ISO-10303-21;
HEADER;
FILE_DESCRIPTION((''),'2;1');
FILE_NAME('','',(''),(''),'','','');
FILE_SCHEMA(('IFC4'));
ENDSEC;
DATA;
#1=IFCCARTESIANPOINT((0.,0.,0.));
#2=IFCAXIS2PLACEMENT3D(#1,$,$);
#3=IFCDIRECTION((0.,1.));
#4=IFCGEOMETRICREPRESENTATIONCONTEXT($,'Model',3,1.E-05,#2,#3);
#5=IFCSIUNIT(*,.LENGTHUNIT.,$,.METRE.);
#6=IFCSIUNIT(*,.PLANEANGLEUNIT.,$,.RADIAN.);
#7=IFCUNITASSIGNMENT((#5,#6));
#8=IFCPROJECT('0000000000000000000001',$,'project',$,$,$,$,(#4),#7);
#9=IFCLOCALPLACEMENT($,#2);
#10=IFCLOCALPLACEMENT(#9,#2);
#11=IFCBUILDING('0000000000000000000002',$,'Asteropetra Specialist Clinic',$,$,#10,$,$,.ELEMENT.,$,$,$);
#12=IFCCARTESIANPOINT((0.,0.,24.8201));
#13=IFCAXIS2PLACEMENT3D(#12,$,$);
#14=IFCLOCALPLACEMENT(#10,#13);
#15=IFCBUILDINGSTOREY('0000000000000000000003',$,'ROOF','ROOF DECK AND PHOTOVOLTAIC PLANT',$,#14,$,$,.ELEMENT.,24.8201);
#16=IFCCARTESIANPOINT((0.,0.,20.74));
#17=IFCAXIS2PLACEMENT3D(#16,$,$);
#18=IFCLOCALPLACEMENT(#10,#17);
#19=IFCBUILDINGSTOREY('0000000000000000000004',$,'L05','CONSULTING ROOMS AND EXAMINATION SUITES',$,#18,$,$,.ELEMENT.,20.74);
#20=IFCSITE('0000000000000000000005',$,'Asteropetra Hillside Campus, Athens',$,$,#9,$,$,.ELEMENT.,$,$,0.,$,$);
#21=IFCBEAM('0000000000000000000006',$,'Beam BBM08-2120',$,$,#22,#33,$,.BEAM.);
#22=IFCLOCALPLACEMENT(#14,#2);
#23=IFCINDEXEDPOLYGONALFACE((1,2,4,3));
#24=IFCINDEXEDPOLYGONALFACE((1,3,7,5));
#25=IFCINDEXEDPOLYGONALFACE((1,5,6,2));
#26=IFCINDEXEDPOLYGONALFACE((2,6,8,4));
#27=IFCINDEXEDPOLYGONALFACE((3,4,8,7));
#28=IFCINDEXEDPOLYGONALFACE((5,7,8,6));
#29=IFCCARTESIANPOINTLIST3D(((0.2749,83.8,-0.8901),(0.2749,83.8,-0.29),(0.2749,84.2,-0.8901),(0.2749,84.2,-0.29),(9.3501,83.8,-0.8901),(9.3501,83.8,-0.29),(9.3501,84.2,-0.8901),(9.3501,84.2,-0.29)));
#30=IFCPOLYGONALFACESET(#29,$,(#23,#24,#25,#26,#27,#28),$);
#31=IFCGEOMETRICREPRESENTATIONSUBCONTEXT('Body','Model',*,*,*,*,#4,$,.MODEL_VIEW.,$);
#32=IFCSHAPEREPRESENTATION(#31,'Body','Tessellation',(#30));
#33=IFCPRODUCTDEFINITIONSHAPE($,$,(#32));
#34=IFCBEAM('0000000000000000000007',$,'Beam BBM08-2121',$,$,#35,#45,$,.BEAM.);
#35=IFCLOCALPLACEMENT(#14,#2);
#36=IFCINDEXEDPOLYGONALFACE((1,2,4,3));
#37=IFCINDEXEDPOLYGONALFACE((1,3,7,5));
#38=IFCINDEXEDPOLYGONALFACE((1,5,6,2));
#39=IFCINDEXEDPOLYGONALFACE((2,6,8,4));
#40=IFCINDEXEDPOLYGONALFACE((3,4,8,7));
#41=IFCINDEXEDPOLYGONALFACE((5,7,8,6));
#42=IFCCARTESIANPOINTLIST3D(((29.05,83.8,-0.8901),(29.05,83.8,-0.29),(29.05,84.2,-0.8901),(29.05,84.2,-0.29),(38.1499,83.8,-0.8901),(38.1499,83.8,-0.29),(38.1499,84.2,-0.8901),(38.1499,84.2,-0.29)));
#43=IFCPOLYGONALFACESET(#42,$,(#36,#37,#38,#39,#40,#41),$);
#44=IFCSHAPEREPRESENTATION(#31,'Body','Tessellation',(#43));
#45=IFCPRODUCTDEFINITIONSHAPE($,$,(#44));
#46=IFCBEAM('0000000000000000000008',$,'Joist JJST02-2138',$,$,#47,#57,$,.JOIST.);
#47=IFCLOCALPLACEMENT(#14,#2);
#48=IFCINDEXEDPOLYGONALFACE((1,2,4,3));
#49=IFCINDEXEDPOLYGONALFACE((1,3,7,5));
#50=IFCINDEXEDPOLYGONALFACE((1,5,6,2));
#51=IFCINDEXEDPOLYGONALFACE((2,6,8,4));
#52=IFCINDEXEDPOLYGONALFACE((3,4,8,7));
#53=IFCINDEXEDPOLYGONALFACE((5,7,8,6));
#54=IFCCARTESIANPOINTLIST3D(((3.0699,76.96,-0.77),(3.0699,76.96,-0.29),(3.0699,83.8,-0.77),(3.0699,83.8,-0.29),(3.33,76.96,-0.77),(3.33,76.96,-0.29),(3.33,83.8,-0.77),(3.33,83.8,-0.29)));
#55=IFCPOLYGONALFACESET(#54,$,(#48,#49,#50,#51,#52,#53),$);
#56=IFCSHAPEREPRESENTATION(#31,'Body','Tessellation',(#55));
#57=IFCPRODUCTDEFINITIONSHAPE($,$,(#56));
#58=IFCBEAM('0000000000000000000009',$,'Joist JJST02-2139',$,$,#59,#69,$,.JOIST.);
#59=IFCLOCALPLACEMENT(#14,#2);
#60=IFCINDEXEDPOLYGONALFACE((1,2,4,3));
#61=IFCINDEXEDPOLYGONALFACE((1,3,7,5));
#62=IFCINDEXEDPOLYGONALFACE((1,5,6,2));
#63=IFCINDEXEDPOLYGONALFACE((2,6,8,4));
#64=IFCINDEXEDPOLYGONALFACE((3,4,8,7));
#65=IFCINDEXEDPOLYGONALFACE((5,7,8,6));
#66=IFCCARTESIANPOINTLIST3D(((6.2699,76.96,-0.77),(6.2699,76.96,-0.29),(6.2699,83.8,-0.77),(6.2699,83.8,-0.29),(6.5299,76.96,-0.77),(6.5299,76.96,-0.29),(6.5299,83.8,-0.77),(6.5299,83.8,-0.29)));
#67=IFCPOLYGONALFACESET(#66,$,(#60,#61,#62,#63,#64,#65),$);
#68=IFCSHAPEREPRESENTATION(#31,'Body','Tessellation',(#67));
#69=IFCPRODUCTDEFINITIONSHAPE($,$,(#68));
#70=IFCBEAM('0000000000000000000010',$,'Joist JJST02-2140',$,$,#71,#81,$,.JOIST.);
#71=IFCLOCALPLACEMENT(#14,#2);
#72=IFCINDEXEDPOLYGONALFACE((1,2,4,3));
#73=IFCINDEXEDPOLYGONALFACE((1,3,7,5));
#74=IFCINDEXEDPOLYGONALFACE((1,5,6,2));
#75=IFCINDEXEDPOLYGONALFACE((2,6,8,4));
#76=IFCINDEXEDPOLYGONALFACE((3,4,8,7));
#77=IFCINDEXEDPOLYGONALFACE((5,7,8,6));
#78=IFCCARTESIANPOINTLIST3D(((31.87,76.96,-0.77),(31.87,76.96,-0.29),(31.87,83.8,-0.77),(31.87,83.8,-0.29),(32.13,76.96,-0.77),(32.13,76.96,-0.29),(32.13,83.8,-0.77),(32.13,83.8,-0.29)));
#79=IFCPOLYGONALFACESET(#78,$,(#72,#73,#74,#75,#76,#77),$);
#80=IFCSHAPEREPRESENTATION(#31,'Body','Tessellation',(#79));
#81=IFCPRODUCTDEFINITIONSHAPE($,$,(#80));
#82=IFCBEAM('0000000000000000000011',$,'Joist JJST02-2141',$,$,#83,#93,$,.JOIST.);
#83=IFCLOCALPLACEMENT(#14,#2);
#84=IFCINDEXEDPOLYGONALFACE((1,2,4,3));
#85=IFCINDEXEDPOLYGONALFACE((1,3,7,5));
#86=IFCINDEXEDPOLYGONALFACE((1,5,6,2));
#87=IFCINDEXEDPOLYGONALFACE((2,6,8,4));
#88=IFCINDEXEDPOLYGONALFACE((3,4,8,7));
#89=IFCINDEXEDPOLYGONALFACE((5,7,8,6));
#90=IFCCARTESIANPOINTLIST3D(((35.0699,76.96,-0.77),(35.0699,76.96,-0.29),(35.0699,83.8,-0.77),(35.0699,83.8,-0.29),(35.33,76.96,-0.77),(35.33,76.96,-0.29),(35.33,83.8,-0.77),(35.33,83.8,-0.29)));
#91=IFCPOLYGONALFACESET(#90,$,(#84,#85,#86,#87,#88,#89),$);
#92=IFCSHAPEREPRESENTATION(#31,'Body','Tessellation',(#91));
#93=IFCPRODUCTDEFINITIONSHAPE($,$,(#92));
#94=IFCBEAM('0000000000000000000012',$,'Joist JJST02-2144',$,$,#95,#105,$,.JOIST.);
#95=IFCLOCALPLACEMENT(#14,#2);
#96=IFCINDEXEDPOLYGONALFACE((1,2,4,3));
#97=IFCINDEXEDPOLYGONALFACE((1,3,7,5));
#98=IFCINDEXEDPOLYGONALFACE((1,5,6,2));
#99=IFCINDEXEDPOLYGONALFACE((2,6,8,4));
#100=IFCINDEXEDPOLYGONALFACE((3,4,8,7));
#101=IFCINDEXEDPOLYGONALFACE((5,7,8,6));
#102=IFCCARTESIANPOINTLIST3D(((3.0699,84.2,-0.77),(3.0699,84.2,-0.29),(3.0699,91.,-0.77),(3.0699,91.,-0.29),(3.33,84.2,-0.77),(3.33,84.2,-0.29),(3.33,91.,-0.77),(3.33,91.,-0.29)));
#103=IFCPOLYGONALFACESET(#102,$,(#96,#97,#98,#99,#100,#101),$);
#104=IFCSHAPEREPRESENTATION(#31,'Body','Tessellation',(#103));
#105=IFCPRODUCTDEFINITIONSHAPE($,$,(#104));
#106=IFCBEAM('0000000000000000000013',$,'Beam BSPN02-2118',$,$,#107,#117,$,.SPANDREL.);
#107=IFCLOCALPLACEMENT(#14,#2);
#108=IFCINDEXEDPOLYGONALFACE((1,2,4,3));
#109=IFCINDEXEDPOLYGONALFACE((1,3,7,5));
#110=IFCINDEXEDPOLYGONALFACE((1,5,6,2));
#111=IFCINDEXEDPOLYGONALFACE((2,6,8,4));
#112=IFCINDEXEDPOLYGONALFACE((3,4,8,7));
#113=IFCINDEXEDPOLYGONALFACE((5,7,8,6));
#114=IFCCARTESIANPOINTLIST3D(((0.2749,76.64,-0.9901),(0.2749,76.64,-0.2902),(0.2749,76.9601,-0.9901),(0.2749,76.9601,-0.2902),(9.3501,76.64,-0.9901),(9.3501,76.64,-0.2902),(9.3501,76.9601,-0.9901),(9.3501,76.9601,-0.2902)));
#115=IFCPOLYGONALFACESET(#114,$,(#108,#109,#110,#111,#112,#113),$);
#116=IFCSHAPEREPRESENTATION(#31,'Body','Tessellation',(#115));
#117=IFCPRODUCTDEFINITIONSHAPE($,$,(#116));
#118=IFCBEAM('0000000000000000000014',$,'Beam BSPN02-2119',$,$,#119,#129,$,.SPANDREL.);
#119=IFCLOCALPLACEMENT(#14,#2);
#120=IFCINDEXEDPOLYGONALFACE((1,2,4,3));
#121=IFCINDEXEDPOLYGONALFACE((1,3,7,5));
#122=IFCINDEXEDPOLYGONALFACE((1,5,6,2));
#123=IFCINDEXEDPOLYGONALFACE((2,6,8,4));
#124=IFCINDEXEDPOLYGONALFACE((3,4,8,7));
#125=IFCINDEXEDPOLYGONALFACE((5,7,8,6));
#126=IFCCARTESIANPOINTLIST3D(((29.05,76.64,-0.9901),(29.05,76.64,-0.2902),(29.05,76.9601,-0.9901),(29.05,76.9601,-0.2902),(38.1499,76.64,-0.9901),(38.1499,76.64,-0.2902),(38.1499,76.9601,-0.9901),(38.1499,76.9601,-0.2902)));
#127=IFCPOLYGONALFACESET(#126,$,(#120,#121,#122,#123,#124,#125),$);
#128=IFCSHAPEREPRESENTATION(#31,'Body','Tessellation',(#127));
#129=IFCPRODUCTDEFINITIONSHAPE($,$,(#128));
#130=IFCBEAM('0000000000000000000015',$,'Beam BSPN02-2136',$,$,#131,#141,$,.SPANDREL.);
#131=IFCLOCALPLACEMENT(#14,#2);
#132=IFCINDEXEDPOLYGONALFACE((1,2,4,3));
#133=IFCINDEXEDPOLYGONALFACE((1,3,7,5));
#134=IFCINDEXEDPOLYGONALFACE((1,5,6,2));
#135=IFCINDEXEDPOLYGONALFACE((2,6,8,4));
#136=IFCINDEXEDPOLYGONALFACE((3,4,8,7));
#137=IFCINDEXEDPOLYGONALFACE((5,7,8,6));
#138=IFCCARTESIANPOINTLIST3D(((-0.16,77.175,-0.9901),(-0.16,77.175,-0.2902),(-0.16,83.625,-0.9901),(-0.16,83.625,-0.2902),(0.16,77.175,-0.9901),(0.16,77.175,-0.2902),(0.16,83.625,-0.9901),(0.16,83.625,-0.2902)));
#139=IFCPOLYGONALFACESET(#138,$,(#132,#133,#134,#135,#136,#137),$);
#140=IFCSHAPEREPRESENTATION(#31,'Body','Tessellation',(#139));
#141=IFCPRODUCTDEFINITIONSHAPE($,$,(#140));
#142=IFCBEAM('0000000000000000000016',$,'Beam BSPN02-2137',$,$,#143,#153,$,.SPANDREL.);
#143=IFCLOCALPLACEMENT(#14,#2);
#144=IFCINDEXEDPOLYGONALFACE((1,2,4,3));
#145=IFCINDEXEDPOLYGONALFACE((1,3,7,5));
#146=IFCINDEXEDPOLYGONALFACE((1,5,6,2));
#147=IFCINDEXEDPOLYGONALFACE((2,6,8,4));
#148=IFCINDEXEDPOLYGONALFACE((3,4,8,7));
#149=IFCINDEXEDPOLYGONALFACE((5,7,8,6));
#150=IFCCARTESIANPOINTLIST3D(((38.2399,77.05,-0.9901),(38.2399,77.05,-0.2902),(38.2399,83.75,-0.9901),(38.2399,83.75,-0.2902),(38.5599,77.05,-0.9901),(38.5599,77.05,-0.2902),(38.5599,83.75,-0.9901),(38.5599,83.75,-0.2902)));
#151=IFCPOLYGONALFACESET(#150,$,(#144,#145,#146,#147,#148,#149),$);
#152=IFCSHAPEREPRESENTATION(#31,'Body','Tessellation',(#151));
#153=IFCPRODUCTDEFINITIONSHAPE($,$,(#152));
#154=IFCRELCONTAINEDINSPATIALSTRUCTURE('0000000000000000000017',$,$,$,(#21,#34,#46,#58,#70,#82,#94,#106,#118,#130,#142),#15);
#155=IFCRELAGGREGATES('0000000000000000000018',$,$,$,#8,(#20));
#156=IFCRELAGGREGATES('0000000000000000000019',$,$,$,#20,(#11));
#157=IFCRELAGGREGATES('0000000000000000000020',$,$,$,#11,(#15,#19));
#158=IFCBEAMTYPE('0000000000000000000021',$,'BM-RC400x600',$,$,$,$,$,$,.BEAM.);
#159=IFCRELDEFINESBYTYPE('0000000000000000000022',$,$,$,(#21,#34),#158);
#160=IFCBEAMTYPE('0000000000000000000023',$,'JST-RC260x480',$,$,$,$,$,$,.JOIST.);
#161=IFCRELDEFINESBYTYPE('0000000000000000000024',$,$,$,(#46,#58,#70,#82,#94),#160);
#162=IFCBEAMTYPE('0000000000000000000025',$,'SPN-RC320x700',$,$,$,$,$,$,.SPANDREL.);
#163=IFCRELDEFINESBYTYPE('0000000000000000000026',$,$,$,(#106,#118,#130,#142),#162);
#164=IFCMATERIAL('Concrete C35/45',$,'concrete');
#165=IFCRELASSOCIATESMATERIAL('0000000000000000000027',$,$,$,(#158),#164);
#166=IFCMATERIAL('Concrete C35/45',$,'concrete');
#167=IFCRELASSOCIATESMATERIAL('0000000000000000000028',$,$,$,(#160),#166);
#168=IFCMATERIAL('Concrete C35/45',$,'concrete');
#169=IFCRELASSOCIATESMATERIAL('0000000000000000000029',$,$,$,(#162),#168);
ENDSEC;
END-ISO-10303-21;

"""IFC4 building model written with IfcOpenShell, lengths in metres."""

from ifc_helpers import new_model, si_unit, direction, frame, origin, origin_2d, place, context, subcontext, project, spatial, rectangle, extrude, material, material_profile, profile_set, type_object, element, save


model = new_model("IFC4")

# Units and contexts
model_context = context("Model", 3, precision=1e-05, world=origin(), true_north=direction((0.0, 1.0)))
body_context = subcontext(model_context, "Body", "Model", "MODEL_VIEW")
ifc_project = project(units=[si_unit("LENGTHUNIT", "METRE"), si_unit("PLANEANGLEUNIT", "RADIAN")], contexts=[model_context])

# Site, building, storey
site_placement = place(None, origin())
site = spatial("IfcSite", under=ifc_project, at=site_placement, Name="Asteropetra Hillside Campus, Athens", CompositionType="ELEMENT", RefElevation=0.0)
building_placement = place(site_placement, origin())
building = spatial("IfcBuilding", under=site, at=building_placement, Name="Asteropetra Specialist Clinic", CompositionType="ELEMENT")
storey_1_placement = place(building_placement, frame((0.0, 0.0, 24.8201)))
storey_1 = spatial("IfcBuildingStorey", under=building, at=storey_1_placement, Name="ROOF", Description="ROOF DECK AND PHOTOVOLTAIC PLANT", CompositionType="ELEMENT", Elevation=24.8201)

# Beams
ifc_material_1 = material(Name="Concrete C35/45", Category="concrete")
ifc_material_profile_1 = material_profile(ifc_material_1, rectangle(XDim=0.3999, YDim=0.6001, at=origin_2d()), Name="RCB 400x600")
ifc_profile_set_1 = profile_set([ifc_material_profile_1], Name="Concrete C35/45")
beam_type_1 = type_object("IfcBeamType", Name="BM-RC400x600", PredefinedType="BEAM", material=ifc_profile_set_1)
beam_1_placement = place(storey_1_placement, frame((0.2749, 84.0, -0.5901), z_axis=(1.0, 0.0, 0.0), x_axis=(0.0, 1.0, 0.0)))
element("IfcBeam", 1, at=beam_1_placement, inside=storey_1, type_object=beam_type_1, Name="Beam BBM08-2120", PredefinedType="BEAM", context=body_context, shape_type="SweptSolid", body=[
    extrude(rectangle(XDim=0.3999, YDim=0.6001, at=origin_2d()), origin(), (0.0, 0.0, 1.0), 9.0752),
])
beam_2_placement = place(storey_1_placement, frame((29.05, 84.0, -0.5901), z_axis=(1.0, 0.0, 0.0), x_axis=(0.0, 1.0, 0.0)))
element("IfcBeam", 2, at=beam_2_placement, inside=storey_1, type_object=beam_type_1, Name="Beam BBM08-2121", PredefinedType="BEAM", context=body_context, shape_type="SweptSolid", body=[
    extrude(rectangle(XDim=0.3999, YDim=0.6001, at=origin_2d()), origin(), (0.0, 0.0, 1.0), 9.0999),
])
ifc_material_2 = material(Name="Concrete C35/45", Category="concrete")
ifc_material_profile_2 = material_profile(ifc_material_2, rectangle(XDim=0.26, YDim=0.48, at=origin_2d()), Name="RCJ 260x480")
ifc_profile_set_2 = profile_set([ifc_material_profile_2], Name="Concrete C35/45")
beam_type_2 = type_object("IfcBeamType", Name="JST-RC260x480", PredefinedType="JOIST", material=ifc_profile_set_2)
for number, where, z_axis, x_axis, name in (
    (3, (3.2, 76.96, -0.53), (0.0, 1.0, 0.0), (-1.0, 0.0, 0.0), "Joist JJST02-2138"),
    (4, (6.3999, 76.96, -0.53), (0.0, 1.0, 0.0), (-1.0, 0.0, 0.0), "Joist JJST02-2139"),
    (5, (32.0, 76.96, -0.53), (0.0, 1.0, 0.0), (-1.0, 0.0, 0.0), "Joist JJST02-2140"),
    (6, (35.2, 76.96, -0.53), (0.0, 1.0, 0.0), (-1.0, 0.0, 0.0), "Joist JJST02-2141"),
):
    element("IfcBeam", number, at=place(storey_1_placement, frame(where, z_axis=z_axis, x_axis=x_axis)), inside=storey_1, type_object=beam_type_2, Name=name, PredefinedType="JOIST", context=body_context, shape_type="SweptSolid", body=[
        extrude(rectangle(XDim=0.26, YDim=0.48, at=origin_2d()), origin(), (0.0, 0.0, 1.0), 6.8401),
    ])
beam_3_placement = place(storey_1_placement, frame((3.2, 84.2, -0.53), z_axis=(0.0, 1.0, 0.0), x_axis=(-1.0, 0.0, 0.0)))
element("IfcBeam", 7, at=beam_3_placement, inside=storey_1, type_object=beam_type_2, Name="Joist JJST02-2144", PredefinedType="JOIST", context=body_context, shape_type="SweptSolid", body=[
    extrude(rectangle(XDim=0.26, YDim=0.48, at=origin_2d()), origin(), (0.0, 0.0, 1.0), 6.8),
])
ifc_material_3 = material(Name="Concrete C35/45", Category="concrete")
ifc_material_profile_3 = material_profile(ifc_material_3, rectangle(XDim=0.3201, YDim=0.7, at=origin_2d()), Name="RCS 320x700")
ifc_profile_set_3 = profile_set([ifc_material_profile_3], Name="Concrete C35/45")
beam_type_3 = type_object("IfcBeamType", Name="SPN-RC320x700", PredefinedType="SPANDREL", material=ifc_profile_set_3)
beam_4_placement = place(storey_1_placement, frame((0.2749, 76.8, -0.6401), z_axis=(1.0, 0.0, 0.0), x_axis=(0.0, 1.0, 0.0)))
element("IfcBeam", 8, at=beam_4_placement, inside=storey_1, type_object=beam_type_3, Name="Beam BSPN02-2118", PredefinedType="SPANDREL", context=body_context, shape_type="SweptSolid", body=[
    extrude(rectangle(XDim=0.3201, YDim=0.7, at=origin_2d()), origin(), (0.0, 0.0, 1.0), 9.0752),
])
beam_5_placement = place(storey_1_placement, frame((29.05, 76.8, -0.6401), z_axis=(1.0, 0.0, 0.0), x_axis=(0.0, 1.0, 0.0)))
element("IfcBeam", 9, at=beam_5_placement, inside=storey_1, type_object=beam_type_3, Name="Beam BSPN02-2119", PredefinedType="SPANDREL", context=body_context, shape_type="SweptSolid", body=[
    extrude(rectangle(XDim=0.3201, YDim=0.7, at=origin_2d()), origin(), (0.0, 0.0, 1.0), 9.0999),
])
beam_6_placement = place(storey_1_placement, frame((0.0, 77.175, -0.6401), z_axis=(0.0, 1.0, 0.0), x_axis=(-1.0, 0.0, 0.0)))
element("IfcBeam", 10, at=beam_6_placement, inside=storey_1, type_object=beam_type_3, Name="Beam BSPN02-2136", PredefinedType="SPANDREL", context=body_context, shape_type="SweptSolid", body=[
    extrude(rectangle(XDim=0.3201, YDim=0.7, at=origin_2d()), origin(), (0.0, 0.0, 1.0), 6.45),
])
beam_7_placement = place(storey_1_placement, frame((38.3999, 77.05, -0.6401), z_axis=(0.0, 1.0, 0.0), x_axis=(-1.0, 0.0, 0.0)))
element("IfcBeam", 11, at=beam_7_placement, inside=storey_1, type_object=beam_type_3, Name="Beam BSPN02-2137", PredefinedType="SPANDREL", context=body_context, shape_type="SweptSolid", body=[
    extrude(rectangle(XDim=0.3201, YDim=0.7, at=origin_2d()), origin(), (0.0, 0.0, 1.0), 6.7),
])

# Shared definitions
storey_2_placement = place(building_placement, frame((0.0, 0.0, 20.74)))
storey_2 = spatial("IfcBuildingStorey", under=building, at=storey_2_placement, Name="L05", Description="CONSULTING ROOMS AND EXAMINATION SUITES", CompositionType="ELEMENT", Elevation=20.74)

save(model, "model.ifc")
